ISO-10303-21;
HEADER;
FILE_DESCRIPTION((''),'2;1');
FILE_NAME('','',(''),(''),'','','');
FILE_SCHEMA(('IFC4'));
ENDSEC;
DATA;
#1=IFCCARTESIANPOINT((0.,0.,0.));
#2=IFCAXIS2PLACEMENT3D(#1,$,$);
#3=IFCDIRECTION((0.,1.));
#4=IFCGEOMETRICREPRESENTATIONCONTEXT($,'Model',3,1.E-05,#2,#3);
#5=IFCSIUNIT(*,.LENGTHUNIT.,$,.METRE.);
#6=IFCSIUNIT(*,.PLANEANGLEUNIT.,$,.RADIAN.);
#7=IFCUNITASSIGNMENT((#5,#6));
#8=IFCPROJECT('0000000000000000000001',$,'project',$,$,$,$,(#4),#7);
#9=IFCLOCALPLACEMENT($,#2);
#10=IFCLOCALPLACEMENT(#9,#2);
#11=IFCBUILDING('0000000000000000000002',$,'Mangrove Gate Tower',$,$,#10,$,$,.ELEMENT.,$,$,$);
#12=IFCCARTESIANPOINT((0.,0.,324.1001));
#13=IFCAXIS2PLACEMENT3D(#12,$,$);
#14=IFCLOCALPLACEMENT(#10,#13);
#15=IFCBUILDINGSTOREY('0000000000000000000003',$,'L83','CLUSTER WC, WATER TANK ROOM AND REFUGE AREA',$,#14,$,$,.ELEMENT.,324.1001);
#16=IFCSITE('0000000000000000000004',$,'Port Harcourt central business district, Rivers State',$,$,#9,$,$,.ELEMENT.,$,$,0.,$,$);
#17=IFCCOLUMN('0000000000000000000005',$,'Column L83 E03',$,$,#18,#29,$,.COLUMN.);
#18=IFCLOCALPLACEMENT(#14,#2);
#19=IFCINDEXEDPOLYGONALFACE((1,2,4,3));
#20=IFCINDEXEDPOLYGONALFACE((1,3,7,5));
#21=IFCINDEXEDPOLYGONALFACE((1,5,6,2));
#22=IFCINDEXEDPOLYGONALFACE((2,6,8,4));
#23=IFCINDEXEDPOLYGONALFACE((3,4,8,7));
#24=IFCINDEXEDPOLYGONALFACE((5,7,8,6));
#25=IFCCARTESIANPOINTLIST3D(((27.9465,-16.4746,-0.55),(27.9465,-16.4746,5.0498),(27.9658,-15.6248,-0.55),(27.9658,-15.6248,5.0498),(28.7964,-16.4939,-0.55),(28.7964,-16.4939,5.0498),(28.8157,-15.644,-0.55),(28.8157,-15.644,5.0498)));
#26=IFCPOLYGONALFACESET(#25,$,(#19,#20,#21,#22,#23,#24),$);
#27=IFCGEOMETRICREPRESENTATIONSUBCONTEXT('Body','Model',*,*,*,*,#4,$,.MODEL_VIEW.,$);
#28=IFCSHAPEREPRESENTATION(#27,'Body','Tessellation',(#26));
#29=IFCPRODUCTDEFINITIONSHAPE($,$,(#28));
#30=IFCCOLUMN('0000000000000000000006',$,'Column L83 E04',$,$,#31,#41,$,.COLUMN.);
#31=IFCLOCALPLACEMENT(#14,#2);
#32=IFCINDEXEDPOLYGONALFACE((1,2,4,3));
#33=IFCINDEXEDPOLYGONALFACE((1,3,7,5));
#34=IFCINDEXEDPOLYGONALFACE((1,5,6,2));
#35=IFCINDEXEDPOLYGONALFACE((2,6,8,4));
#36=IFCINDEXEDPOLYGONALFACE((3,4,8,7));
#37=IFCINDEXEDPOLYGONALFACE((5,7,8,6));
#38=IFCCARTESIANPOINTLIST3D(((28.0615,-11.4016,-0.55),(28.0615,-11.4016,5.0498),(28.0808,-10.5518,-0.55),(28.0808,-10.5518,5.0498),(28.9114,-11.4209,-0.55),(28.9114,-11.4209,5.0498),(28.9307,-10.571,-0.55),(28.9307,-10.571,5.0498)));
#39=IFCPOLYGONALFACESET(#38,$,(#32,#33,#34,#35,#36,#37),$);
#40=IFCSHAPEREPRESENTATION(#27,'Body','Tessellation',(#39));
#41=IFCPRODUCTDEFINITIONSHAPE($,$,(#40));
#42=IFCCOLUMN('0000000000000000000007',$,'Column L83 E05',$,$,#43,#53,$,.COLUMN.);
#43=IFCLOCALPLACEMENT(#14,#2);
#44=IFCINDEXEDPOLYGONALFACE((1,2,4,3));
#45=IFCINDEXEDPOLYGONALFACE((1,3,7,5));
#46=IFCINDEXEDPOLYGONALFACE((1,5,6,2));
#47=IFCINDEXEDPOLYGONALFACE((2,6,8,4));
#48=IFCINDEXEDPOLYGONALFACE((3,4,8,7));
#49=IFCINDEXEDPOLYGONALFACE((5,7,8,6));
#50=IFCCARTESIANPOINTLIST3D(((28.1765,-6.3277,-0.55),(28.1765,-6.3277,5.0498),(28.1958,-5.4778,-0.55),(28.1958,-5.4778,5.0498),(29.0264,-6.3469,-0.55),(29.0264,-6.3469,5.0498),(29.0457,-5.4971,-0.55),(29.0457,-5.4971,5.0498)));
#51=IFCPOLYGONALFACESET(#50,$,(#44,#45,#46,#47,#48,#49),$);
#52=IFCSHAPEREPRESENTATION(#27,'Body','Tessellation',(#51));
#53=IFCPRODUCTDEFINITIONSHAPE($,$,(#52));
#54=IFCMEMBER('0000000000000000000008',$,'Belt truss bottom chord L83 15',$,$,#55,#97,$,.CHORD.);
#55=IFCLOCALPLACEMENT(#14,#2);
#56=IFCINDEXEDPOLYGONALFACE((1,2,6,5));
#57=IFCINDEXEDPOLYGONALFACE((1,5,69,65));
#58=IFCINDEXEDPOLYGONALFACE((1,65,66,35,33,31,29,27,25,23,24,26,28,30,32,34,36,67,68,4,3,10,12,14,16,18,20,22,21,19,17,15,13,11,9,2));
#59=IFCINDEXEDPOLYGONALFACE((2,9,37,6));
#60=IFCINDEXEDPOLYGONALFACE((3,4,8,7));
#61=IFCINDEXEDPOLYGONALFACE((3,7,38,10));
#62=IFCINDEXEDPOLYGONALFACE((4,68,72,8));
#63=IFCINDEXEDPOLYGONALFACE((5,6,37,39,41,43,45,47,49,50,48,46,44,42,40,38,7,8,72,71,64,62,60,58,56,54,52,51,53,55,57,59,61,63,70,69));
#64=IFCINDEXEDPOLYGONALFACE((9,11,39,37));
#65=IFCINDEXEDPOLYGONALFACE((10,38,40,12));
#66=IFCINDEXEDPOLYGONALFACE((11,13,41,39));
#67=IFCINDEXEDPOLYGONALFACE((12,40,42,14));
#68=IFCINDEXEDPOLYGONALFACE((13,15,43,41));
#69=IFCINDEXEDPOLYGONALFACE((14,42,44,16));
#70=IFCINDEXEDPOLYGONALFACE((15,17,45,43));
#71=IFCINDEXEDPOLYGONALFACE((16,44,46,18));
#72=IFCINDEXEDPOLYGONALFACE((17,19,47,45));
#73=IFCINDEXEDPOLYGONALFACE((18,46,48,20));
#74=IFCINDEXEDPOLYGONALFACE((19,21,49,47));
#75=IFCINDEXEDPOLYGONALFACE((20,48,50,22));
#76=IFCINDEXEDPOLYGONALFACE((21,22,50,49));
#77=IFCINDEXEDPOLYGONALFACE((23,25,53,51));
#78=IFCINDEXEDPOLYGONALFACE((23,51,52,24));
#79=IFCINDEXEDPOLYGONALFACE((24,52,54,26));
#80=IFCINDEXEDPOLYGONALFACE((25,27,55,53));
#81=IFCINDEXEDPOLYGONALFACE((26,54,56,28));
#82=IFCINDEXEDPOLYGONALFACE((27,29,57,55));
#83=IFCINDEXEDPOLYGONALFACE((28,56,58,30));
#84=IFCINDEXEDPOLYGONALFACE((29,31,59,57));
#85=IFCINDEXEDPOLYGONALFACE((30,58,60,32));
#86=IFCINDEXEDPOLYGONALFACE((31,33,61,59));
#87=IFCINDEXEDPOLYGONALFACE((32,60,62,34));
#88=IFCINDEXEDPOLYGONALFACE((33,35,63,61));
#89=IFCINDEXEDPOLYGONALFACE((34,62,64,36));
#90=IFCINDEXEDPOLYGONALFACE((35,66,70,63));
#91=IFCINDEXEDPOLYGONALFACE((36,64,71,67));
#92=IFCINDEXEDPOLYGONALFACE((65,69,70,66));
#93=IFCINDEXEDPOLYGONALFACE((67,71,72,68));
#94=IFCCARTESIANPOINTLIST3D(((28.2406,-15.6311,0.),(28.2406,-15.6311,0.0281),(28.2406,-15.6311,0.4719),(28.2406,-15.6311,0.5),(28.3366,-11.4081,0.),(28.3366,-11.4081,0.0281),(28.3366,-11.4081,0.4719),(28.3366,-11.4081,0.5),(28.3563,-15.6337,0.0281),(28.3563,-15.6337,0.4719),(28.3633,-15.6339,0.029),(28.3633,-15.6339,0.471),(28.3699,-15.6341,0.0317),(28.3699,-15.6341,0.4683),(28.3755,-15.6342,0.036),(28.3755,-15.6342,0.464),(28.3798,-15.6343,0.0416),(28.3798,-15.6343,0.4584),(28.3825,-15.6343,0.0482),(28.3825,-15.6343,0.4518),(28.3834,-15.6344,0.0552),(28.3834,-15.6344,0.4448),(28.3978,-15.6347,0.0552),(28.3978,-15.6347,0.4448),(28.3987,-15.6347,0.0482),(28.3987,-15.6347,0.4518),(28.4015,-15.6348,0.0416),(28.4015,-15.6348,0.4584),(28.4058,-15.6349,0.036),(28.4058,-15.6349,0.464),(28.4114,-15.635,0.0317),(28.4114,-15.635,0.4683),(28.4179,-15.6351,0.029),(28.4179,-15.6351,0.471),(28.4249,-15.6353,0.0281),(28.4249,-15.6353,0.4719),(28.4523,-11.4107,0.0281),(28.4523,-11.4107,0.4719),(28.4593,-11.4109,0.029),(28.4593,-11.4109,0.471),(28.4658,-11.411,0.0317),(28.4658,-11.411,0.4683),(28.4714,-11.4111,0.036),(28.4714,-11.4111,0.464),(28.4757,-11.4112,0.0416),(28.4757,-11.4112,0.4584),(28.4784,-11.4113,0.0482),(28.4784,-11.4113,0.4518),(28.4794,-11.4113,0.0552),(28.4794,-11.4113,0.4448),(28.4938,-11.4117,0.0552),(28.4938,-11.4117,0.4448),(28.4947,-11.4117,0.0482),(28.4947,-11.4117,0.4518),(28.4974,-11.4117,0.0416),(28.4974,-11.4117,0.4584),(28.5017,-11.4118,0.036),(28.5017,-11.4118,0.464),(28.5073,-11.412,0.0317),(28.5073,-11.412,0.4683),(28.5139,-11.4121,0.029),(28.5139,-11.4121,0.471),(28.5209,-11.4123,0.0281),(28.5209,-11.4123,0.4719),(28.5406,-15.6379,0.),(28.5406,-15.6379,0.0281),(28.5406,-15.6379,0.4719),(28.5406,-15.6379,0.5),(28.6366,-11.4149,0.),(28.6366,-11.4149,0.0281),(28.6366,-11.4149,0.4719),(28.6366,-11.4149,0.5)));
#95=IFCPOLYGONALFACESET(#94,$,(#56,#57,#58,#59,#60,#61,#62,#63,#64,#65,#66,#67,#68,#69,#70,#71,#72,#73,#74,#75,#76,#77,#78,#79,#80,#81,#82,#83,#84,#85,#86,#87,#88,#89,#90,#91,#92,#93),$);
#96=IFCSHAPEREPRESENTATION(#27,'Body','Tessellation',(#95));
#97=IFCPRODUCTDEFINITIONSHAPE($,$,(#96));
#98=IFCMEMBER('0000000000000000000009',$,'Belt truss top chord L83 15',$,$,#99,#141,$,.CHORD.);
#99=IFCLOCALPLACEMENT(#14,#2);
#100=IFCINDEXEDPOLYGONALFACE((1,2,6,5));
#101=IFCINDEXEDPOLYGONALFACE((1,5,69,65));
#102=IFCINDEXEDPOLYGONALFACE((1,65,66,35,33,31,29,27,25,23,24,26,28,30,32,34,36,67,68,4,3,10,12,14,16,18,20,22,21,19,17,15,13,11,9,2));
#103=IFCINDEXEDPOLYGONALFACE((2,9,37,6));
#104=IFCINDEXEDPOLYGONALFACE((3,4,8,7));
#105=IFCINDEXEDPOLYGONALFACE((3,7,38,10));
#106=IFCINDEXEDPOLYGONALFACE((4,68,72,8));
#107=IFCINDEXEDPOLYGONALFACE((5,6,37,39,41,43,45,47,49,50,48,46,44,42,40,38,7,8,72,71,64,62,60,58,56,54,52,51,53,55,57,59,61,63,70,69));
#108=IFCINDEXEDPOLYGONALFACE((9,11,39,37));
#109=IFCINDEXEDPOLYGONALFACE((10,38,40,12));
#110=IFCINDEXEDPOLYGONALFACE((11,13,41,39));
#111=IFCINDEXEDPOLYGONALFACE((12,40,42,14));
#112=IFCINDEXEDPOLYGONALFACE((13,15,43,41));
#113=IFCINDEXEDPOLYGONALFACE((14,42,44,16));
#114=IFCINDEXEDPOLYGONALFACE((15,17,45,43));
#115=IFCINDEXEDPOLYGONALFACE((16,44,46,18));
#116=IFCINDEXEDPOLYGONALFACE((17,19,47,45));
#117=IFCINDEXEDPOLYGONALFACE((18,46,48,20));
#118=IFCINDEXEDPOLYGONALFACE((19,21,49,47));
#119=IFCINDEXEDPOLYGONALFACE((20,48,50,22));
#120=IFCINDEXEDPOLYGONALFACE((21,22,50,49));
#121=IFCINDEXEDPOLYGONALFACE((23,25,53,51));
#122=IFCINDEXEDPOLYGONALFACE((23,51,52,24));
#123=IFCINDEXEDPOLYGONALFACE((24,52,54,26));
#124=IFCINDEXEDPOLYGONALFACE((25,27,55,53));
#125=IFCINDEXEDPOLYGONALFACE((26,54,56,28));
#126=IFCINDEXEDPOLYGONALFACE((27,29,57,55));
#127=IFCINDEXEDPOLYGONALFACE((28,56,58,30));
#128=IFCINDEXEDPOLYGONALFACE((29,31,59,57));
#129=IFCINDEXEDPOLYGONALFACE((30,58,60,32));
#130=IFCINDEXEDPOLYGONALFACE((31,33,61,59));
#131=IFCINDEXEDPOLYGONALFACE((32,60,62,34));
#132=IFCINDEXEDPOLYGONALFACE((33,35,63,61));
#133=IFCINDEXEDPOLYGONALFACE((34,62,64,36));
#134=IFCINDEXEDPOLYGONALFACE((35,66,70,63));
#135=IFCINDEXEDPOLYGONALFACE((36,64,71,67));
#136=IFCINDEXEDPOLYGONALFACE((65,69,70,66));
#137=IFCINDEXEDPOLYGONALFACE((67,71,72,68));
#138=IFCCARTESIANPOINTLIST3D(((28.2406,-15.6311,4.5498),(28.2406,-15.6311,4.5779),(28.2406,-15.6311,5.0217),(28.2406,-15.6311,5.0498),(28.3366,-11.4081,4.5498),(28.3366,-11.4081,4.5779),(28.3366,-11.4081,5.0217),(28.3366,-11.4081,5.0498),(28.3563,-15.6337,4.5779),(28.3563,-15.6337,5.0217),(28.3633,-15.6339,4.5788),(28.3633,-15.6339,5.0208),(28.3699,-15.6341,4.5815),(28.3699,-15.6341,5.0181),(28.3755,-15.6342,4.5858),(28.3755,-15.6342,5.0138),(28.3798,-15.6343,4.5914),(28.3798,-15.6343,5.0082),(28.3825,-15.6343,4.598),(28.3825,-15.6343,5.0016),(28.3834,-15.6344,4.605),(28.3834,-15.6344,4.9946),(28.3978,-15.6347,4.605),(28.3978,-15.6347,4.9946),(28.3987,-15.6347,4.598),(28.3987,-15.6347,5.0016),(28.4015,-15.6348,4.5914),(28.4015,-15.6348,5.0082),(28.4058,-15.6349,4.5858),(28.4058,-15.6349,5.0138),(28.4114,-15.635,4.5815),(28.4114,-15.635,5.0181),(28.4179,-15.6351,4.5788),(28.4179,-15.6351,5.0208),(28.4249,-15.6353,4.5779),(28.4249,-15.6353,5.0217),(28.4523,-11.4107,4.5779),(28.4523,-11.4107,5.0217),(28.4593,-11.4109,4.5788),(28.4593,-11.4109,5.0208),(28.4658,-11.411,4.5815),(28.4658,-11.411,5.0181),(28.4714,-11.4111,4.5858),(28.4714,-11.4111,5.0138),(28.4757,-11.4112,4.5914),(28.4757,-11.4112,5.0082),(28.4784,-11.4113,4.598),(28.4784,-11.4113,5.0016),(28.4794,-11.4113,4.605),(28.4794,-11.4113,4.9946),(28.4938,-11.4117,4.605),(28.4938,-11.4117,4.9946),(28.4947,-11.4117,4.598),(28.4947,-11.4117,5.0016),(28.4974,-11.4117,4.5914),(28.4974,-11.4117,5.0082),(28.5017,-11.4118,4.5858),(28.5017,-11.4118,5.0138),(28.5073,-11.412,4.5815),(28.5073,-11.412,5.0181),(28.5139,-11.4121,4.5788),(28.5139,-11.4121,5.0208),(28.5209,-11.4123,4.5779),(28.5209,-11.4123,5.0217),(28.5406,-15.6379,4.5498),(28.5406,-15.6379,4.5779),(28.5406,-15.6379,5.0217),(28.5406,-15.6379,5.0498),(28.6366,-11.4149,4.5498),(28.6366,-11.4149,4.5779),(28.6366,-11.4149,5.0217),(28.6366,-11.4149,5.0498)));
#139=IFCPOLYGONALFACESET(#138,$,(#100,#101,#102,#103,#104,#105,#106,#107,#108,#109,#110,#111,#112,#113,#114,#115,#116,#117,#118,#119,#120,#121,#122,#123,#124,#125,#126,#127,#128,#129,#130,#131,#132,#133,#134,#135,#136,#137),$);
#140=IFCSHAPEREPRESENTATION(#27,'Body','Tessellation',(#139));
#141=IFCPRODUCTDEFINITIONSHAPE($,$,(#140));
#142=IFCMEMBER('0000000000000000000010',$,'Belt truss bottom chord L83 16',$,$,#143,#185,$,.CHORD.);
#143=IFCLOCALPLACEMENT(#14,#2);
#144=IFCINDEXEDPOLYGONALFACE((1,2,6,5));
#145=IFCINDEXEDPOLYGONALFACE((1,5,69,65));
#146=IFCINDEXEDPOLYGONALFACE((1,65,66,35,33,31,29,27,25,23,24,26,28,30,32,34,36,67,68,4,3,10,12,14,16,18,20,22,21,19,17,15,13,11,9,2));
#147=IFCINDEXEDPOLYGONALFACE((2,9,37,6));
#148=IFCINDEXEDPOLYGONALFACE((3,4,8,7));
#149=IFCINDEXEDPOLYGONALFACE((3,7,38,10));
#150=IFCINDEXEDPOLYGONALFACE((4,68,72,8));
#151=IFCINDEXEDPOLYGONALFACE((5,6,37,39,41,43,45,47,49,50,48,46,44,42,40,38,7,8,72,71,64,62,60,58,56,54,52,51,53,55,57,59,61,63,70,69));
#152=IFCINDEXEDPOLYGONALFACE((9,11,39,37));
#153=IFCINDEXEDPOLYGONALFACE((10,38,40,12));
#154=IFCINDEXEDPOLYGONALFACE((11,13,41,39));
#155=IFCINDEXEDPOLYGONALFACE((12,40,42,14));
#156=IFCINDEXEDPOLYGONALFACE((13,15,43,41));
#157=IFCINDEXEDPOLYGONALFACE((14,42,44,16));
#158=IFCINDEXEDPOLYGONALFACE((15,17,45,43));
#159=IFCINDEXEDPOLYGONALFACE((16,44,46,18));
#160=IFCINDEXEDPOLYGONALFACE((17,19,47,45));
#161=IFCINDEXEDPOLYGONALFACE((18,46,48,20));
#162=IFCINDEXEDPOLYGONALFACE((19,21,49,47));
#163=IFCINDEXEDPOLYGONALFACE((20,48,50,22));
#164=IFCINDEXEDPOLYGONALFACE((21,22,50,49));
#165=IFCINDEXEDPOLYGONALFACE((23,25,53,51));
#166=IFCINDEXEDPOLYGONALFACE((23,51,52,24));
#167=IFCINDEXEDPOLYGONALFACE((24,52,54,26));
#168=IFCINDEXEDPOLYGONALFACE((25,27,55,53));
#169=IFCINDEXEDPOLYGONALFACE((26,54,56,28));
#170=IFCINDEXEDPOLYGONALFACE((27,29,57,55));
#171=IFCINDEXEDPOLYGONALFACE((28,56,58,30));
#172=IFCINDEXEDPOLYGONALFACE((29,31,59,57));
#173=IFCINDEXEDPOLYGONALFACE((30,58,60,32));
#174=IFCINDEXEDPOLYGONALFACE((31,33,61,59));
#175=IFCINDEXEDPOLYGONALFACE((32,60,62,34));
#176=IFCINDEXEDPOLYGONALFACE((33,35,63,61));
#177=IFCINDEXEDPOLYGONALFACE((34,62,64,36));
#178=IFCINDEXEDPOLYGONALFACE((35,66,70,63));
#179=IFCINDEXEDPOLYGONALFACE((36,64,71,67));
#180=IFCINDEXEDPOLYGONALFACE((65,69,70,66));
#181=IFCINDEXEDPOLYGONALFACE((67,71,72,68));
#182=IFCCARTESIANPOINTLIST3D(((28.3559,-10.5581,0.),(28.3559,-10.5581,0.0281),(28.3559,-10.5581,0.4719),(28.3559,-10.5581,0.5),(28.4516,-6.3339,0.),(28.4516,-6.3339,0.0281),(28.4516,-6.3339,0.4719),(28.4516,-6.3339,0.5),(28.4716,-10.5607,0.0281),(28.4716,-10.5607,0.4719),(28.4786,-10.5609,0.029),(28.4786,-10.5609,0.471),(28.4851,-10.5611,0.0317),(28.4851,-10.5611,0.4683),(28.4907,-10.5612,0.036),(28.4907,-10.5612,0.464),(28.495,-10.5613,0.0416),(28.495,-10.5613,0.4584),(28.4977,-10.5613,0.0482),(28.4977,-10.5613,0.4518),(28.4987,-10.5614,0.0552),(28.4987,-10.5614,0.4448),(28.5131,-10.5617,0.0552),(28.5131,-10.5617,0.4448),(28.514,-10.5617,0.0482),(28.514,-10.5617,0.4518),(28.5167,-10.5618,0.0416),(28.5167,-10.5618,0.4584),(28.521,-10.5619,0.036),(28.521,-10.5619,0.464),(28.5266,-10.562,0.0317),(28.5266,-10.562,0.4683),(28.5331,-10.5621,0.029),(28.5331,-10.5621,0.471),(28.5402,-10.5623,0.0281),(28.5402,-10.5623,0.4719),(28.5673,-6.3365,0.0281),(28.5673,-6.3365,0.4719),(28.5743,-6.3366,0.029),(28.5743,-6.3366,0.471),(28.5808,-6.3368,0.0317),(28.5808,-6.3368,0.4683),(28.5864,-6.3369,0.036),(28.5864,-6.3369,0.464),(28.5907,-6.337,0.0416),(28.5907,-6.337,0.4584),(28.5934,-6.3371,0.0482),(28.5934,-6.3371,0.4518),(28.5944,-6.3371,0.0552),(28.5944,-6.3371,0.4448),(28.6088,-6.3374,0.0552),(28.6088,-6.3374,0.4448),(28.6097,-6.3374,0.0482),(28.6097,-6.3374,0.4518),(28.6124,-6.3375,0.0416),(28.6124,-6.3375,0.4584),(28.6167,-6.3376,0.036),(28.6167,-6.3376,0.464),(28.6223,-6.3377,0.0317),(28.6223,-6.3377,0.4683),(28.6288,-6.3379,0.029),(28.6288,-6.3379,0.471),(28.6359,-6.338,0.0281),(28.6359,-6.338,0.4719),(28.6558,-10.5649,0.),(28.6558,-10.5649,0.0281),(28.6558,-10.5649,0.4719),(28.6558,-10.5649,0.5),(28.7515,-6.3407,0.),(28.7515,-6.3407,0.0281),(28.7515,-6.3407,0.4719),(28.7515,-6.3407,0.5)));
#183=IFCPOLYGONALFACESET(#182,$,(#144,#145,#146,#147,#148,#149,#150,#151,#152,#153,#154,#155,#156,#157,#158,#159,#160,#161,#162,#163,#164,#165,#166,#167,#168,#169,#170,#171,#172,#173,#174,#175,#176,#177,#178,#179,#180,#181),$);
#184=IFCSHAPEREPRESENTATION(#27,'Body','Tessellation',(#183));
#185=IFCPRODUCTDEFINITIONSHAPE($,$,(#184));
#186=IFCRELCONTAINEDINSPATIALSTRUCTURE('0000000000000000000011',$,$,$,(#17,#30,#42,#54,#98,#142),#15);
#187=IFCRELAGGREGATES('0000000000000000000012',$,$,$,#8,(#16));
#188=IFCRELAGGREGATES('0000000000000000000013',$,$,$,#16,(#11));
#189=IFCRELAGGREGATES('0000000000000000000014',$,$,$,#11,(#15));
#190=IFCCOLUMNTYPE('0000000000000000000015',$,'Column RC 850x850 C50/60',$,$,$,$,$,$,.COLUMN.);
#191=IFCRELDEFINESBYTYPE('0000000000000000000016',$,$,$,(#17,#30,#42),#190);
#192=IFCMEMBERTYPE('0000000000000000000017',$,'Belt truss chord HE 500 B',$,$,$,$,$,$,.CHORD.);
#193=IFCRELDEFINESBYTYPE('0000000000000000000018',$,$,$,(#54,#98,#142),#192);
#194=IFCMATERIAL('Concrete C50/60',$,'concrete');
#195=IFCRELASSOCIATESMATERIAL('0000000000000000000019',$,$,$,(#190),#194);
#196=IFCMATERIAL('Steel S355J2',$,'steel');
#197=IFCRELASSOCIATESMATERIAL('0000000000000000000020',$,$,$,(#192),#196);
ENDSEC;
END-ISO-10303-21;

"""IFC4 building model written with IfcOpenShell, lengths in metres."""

from ifc_helpers import new_model, si_unit, direction, frame, origin, origin_2d, place, context, subcontext, project, spatial, rectangle, i_section, extrude, material, material_profile, profile_set, type_object, element, save


model = new_model("IFC4")

# Units and contexts
model_context = context("Model", 3, precision=1e-05, world=origin(), true_north=direction((0.0, 1.0)))
body_context = subcontext(model_context, "Body", "Model", "MODEL_VIEW")
ifc_project = project(units=[si_unit("LENGTHUNIT", "METRE"), si_unit("PLANEANGLEUNIT", "RADIAN")], contexts=[model_context])

# Site, building, storey
site_placement = place(None, origin())
site = spatial("IfcSite", under=ifc_project, at=site_placement, Name="Port Harcourt central business district, Rivers State", CompositionType="ELEMENT", RefElevation=0.0)
building_placement = place(site_placement, origin())
building = spatial("IfcBuilding", under=site, at=building_placement, Name="Mangrove Gate Tower", CompositionType="ELEMENT")
storey_placement = place(building_placement, frame((0.0, 0.0, 324.1001)))
storey = spatial("IfcBuildingStorey", under=building, at=storey_placement, Name="L83", Description="CLUSTER WC, WATER TANK ROOM AND REFUGE AREA", CompositionType="ELEMENT", Elevation=324.1001)

# Columns
ifc_material_1 = material(Name="Concrete C50/60", Category="concrete")
ifc_material_profile_1 = material_profile(ifc_material_1, rectangle(XDim=0.8501, YDim=0.8501, at=origin_2d()))
ifc_profile_set_1 = profile_set([ifc_material_profile_1], Name="Concrete C50/60")
column_type = type_object("IfcColumnType", Name="Column RC 850x850 C50/60", PredefinedType="COLUMN", material=ifc_profile_set_1)
for number, where, z_axis, x_axis, name in (
    (1, (28.3811, -16.0593, -0.55), (0.0, 0.0, 1.0), (0.022661, 0.999743, 0.0), "Column L83 E03"),
    (2, (28.4961, -10.9863, -0.55), (0.0, 0.0, 1.0), (0.022661, 0.999743, 0.0), "Column L83 E04"),
    (3, (28.6111, -5.9124, -0.55), (0.0, 0.0, 1.0), (0.022682, 0.999743, 0.0), "Column L83 E05"),
):
    element("IfcColumn", number, at=place(storey_placement, frame(where, z_axis=z_axis, x_axis=x_axis)), inside=storey, type_object=column_type, Name=name, PredefinedType="COLUMN", context=body_context, shape_type="SweptSolid", body=[
        extrude(rectangle(XDim=0.8501, YDim=0.8501, at=origin_2d()), origin(), (0.0, 0.0, 1.0), 5.5999),
    ])

# Members
ifc_material_2 = material(Name="Steel S355J2", Category="steel")
ifc_material_profile_2 = material_profile(ifc_material_2, i_section(OverallWidth=0.3, OverallDepth=0.5, WebThickness=0.0144, FlangeThickness=0.0281, FilletRadius=0.0271, at=origin_2d()))
ifc_profile_set_2 = profile_set([ifc_material_profile_2], Name="Steel S355J2")
member_type_1 = type_object("IfcMemberType", Name="Belt truss chord HE 500 B", PredefinedType="CHORD", material=ifc_profile_set_2)
for number, where, z_axis, x_axis, name in (
    (4, (28.3906, -15.6345, 0.25), (0.022714, 0.999742, 0.0), (-0.999742, 0.022714, 0.0), "Belt truss bottom chord L83 15"),
    (5, (28.3906, -15.6345, 4.7998), (0.022714, 0.999742, 0.0), (-0.999742, 0.022714, 0.0), "Belt truss top chord L83 15"),
):
    element("IfcMember", number, at=place(storey_placement, frame(where, z_axis=z_axis, x_axis=x_axis)), inside=storey, type_object=member_type_1, Name=name, PredefinedType="CHORD", context=body_context, shape_type="SweptSolid", body=[
        extrude(i_section(OverallWidth=0.3, OverallDepth=0.5, WebThickness=0.0144, FlangeThickness=0.0281, FilletRadius=0.0271, at=origin_2d()), origin(), (0.0, 0.0, 1.0), 4.2241),
    ])
for number, where, z_axis, x_axis, name in (
    (6, (28.5059, -10.5615, 0.25), (0.022649, 0.999743, 0.0), (-0.999743, 0.022649, 0.0), "Belt truss bottom chord L83 16"),
):
    element("IfcMember", number, at=place(storey_placement, frame(where, z_axis=z_axis, x_axis=x_axis)), inside=storey, type_object=member_type_1, Name=name, PredefinedType="CHORD", context=body_context, shape_type="SweptSolid", body=[
        extrude(i_section(OverallWidth=0.3, OverallDepth=0.5, WebThickness=0.0144, FlangeThickness=0.0281, FilletRadius=0.0271, at=origin_2d()), origin(), (0.0, 0.0, 1.0), 4.2253),
    ])

save(model, "model.ifc")
